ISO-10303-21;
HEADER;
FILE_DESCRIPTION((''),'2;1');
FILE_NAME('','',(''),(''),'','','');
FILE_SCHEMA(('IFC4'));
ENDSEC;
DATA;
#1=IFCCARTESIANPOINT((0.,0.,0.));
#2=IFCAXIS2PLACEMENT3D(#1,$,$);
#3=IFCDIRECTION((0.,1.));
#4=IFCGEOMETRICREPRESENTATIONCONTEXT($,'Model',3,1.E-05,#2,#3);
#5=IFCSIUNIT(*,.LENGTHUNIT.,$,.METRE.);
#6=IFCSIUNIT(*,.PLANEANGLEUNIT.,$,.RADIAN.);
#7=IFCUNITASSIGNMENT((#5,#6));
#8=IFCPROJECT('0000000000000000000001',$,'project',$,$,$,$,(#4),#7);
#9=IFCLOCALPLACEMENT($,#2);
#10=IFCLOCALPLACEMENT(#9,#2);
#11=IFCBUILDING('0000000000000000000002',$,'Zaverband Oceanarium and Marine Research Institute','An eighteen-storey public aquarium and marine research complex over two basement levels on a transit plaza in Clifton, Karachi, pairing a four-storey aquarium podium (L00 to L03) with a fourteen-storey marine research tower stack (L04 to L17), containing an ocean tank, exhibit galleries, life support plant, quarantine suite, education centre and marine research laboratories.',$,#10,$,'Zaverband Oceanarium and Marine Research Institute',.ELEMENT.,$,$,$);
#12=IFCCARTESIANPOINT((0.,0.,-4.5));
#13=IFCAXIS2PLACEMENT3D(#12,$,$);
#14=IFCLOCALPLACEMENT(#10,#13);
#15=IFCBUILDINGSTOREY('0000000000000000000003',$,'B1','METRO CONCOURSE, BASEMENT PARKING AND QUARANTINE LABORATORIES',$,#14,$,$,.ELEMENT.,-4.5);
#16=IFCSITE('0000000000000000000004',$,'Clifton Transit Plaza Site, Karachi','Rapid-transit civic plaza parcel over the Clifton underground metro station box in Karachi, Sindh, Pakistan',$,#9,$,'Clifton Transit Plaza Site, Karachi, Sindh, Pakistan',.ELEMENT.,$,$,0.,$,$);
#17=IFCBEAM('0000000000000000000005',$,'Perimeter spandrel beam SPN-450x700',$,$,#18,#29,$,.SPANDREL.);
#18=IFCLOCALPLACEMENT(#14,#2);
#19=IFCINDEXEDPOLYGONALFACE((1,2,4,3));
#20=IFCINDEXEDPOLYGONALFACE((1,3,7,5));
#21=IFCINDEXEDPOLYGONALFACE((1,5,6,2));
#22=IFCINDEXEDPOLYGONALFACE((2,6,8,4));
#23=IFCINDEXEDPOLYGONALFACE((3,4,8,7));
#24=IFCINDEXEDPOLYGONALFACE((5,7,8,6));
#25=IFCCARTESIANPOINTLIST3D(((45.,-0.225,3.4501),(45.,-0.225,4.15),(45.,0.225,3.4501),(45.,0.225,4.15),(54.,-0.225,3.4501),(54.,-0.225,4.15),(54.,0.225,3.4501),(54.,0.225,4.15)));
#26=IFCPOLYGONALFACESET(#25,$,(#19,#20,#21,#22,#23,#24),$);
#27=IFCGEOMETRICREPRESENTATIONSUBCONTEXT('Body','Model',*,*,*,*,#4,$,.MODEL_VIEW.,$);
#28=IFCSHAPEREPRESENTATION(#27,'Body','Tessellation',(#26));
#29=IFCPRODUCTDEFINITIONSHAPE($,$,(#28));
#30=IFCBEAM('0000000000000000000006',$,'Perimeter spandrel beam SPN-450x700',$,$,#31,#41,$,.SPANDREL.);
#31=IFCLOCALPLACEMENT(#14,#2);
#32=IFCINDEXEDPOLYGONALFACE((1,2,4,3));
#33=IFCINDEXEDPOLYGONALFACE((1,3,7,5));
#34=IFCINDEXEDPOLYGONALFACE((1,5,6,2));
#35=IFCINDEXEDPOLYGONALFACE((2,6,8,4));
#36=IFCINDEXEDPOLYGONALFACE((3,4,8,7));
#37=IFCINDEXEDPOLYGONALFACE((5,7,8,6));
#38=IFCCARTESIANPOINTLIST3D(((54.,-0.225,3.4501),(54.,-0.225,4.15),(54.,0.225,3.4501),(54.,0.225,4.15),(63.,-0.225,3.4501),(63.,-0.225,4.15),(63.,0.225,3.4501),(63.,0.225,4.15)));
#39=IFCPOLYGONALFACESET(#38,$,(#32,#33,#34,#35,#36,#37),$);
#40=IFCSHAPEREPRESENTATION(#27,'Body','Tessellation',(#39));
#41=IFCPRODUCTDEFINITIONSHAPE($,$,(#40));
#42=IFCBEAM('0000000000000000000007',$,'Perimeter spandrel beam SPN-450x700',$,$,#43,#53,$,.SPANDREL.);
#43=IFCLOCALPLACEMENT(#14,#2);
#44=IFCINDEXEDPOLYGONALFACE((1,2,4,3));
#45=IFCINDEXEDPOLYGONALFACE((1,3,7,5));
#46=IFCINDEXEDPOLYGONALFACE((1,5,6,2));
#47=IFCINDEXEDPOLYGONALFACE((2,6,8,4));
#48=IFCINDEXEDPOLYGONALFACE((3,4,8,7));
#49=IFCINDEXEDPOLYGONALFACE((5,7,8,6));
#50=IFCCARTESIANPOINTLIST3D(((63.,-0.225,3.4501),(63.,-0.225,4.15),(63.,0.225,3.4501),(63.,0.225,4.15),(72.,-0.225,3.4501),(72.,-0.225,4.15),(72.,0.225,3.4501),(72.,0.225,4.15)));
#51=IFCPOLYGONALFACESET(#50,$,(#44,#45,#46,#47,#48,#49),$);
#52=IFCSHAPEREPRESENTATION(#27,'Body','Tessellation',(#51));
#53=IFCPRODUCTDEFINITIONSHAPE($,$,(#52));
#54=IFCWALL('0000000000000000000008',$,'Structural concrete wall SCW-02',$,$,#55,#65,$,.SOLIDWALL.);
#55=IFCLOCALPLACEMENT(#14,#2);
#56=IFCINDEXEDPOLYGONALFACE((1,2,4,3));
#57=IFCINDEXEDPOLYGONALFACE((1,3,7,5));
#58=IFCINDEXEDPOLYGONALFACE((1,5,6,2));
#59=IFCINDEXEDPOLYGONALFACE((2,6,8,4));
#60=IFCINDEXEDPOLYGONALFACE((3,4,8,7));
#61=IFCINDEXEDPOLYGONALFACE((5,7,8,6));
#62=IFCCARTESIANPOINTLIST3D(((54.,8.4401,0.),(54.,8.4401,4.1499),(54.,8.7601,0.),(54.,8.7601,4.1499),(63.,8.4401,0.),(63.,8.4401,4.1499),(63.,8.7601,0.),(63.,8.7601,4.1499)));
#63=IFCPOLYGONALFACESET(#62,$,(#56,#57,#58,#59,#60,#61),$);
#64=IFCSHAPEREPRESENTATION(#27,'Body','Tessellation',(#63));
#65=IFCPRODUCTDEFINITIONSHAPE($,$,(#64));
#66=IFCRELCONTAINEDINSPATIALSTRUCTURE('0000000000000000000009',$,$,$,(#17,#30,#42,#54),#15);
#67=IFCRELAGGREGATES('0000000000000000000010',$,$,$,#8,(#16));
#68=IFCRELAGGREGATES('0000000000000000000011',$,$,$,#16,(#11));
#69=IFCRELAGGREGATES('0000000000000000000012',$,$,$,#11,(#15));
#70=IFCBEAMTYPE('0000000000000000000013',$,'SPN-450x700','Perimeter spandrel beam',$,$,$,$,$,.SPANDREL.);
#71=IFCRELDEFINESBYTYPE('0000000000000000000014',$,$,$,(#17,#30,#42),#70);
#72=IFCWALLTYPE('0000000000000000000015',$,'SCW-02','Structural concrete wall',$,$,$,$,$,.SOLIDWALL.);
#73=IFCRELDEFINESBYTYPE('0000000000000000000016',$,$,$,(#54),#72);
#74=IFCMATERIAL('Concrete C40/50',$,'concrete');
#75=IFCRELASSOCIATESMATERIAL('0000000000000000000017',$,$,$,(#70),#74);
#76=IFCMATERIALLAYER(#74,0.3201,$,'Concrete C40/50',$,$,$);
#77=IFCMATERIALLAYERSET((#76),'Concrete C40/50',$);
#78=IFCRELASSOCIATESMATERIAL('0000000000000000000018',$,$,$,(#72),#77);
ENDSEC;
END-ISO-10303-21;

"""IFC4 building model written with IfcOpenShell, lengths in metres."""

from ifc_helpers import new_model, si_unit, direction, frame, frame_2d, origin, origin_2d, place, context, subcontext, project, spatial, rectangle, extrude, material, layer, layer_set, material_profile, profile_set, type_object, element, save


model = new_model("IFC4")

# Units and contexts
model_context = context("Model", 3, precision=1e-05, world=origin(), true_north=direction((0.0, 1.0)))
body_context = subcontext(model_context, "Body", "Model", "MODEL_VIEW")
ifc_project = project(units=[si_unit("LENGTHUNIT", "METRE"), si_unit("PLANEANGLEUNIT", "RADIAN")], contexts=[model_context])

# Site, building, storey
site_placement = place(None, origin())
site = spatial("IfcSite", under=ifc_project, at=site_placement, Name="Clifton Transit Plaza Site, Karachi", Description="Rapid-transit civic plaza parcel over the Clifton underground metro station box in Karachi, Sindh, Pakistan", LongName="Clifton Transit Plaza Site, Karachi, Sindh, Pakistan", CompositionType="ELEMENT", RefElevation=0.0)
building_placement = place(site_placement, origin())
building = spatial("IfcBuilding", under=site, at=building_placement, Name="Zaverband Oceanarium and Marine Research Institute", Description="An eighteen-storey public aquarium and marine research complex over two basement levels on a transit plaza in Clifton, Karachi, pairing a four-storey aquarium podium (L00 to L03) with a fourteen-storey marine research tower stack (L04 to L17), containing an ocean tank, exhibit galleries, life support plant, quarantine suite, education centre and marine research laboratories.", LongName="Zaverband Oceanarium and Marine Research Institute", CompositionType="ELEMENT")
storey_placement = place(building_placement, frame((0.0, 0.0, -4.5)))
storey = spatial("IfcBuildingStorey", under=building, at=storey_placement, Name="B1", Description="METRO CONCOURSE, BASEMENT PARKING AND QUARANTINE LABORATORIES", CompositionType="ELEMENT", Elevation=-4.5)

# Beams
ifc_material_1 = material(Name="Concrete C40/50", Category="concrete")
ifc_material_profile_1 = material_profile(ifc_material_1, rectangle(XDim=0.45, YDim=0.7, at=origin_2d()), Name="RC450x700")
ifc_profile_set_1 = profile_set([ifc_material_profile_1], Name="Concrete C40/50")
beam_type_1 = type_object("IfcBeamType", Name="SPN-450x700", Description="Perimeter spandrel beam", PredefinedType="SPANDREL", material=ifc_profile_set_1)
for number, where, z_axis, x_axis, name in (
    (1, (45.0, 0.0, 3.8), (1.0, 0.0, 0.0), (0.0, 1.0, 0.0), "Perimeter spandrel beam SPN-450x700"),
    (2, (54.0, 0.0, 3.8), (1.0, 0.0, 0.0), (0.0, 1.0, 0.0), "Perimeter spandrel beam SPN-450x700"),
    (3, (63.0, 0.0, 3.8), (1.0, 0.0, 0.0), (0.0, 1.0, 0.0), "Perimeter spandrel beam SPN-450x700"),
):
    element("IfcBeam", number, at=place(storey_placement, frame(where, z_axis=z_axis, x_axis=x_axis)), inside=storey, type_object=beam_type_1, Name=name, PredefinedType="SPANDREL", context=body_context, shape_type="SweptSolid", body=[
        extrude(rectangle(XDim=0.45, YDim=0.7, at=origin_2d()), origin(), (0.0, 0.0, 1.0), 9.0),
    ])

# Wall
ifc_layer = layer(ifc_material_1, 0.3201, Name="Concrete C40/50")
ifc_layer_set = layer_set([ifc_layer], Name="Concrete C40/50")
wall_type = type_object("IfcWallType", Name="SCW-02", Description="Structural concrete wall", PredefinedType="SOLIDWALL", material=ifc_layer_set)
wall_placement = place(storey_placement, frame((54.0, 8.6001, 0.0), z_axis=(0.0, 0.0, 1.0), x_axis=(1.0, 0.0, 0.0)))
element("IfcWall", 4, at=wall_placement, inside=storey, type_object=wall_type, Name="Structural concrete wall SCW-02", PredefinedType="SOLIDWALL", context=body_context, shape_type="SweptSolid", body=[
    extrude(rectangle(XDim=9.0, YDim=0.3201, at=frame_2d((4.5, 0.0))), origin(), (0.0, 0.0, 1.0), 4.1499),
])

save(model, "model.ifc")
